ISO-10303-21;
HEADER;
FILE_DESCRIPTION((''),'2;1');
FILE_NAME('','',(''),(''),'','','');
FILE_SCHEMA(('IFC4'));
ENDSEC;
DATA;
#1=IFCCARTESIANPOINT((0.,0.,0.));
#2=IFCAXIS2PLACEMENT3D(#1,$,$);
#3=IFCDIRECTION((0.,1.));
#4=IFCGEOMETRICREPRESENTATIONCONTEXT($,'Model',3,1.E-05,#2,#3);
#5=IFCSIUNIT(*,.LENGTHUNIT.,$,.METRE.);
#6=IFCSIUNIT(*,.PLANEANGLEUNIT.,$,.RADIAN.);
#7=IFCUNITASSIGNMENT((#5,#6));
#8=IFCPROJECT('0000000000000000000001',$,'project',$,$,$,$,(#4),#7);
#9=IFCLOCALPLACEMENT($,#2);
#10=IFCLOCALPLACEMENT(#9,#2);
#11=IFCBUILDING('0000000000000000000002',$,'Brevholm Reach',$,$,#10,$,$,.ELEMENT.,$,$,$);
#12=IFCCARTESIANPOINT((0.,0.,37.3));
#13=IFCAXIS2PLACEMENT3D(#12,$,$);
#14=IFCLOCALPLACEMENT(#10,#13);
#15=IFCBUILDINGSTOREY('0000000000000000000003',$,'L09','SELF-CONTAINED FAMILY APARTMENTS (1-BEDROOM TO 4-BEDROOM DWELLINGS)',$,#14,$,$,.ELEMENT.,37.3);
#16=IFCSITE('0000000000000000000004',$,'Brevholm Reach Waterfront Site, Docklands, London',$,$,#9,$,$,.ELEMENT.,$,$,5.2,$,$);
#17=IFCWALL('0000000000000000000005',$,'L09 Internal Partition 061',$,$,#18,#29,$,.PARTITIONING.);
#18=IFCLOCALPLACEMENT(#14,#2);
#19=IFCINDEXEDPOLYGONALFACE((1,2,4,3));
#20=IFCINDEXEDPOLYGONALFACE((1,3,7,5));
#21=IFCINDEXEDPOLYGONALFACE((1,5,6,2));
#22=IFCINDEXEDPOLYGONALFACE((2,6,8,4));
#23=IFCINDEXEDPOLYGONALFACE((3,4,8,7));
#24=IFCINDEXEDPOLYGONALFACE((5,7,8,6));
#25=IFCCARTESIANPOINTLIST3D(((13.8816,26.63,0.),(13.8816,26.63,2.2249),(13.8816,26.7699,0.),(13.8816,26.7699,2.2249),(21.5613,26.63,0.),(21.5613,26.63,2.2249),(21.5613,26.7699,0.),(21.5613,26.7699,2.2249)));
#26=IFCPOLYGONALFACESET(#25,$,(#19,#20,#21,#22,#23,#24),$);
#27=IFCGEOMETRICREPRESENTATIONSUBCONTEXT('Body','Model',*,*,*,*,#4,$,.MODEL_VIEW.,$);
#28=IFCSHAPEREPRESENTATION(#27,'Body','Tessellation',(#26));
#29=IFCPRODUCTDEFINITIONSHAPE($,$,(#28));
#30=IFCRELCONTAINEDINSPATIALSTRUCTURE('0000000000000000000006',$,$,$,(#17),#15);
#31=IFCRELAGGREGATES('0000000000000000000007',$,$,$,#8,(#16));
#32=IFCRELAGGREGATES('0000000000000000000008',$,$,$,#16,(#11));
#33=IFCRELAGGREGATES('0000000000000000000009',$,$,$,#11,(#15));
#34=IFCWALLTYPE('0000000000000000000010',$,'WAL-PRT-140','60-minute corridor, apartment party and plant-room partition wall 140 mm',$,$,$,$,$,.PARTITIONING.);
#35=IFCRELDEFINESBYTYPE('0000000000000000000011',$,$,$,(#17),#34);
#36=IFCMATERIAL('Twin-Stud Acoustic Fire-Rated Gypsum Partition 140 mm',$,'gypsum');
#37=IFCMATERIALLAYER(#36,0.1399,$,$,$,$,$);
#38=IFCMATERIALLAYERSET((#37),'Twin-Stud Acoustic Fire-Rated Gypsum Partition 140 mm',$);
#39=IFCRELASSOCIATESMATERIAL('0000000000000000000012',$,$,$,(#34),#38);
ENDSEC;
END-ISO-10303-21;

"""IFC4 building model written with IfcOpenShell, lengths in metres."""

from ifc_helpers import new_model, si_unit, direction, frame, frame_2d, origin, place, context, subcontext, project, spatial, rectangle, extrude, material, layer, layer_set, type_object, element, save


model = new_model("IFC4")

# Units and contexts
model_context = context("Model", 3, precision=1e-05, world=origin(), true_north=direction((0.0, 1.0)))
body_context = subcontext(model_context, "Body", "Model", "MODEL_VIEW")
ifc_project = project(units=[si_unit("LENGTHUNIT", "METRE"), si_unit("PLANEANGLEUNIT", "RADIAN")], contexts=[model_context])

# Site, building, storey
site_placement = place(None, origin())
site = spatial("IfcSite", under=ifc_project, at=site_placement, Name="Brevholm Reach Waterfront Site, Docklands, London", CompositionType="ELEMENT", RefElevation=5.2)
building_placement = place(site_placement, origin())
building = spatial("IfcBuilding", under=site, at=building_placement, Name="Brevholm Reach", CompositionType="ELEMENT")
storey_placement = place(building_placement, frame((0.0, 0.0, 37.3)))
storey = spatial("IfcBuildingStorey", under=building, at=storey_placement, Name="L09", Description="SELF-CONTAINED FAMILY APARTMENTS (1-BEDROOM TO 4-BEDROOM DWELLINGS)", CompositionType="ELEMENT", Elevation=37.3)

# Shared definitions
ifc_material_1 = material(Name="Twin-Stud Acoustic Fire-Rated Gypsum Partition 140 mm", Category="gypsum")
ifc_layer_1 = layer(ifc_material_1, 0.1399)
ifc_layer_set_1 = layer_set([ifc_layer_1], Name="Twin-Stud Acoustic Fire-Rated Gypsum Partition 140 mm")
wall_type_1 = type_object("IfcWallType", Name="WAL-PRT-140", Description="60-minute corridor, apartment party and plant-room partition wall 140 mm", PredefinedType="PARTITIONING", material=ifc_layer_set_1)

# Wall
wall_1_placement = place(storey_placement, frame((13.8816, 26.7, 0.0), z_axis=(0.0, 0.0, 1.0), x_axis=(1.0, 0.0, 0.0)))
element("IfcWall", 1, at=wall_1_placement, inside=storey, type_object=wall_type_1, Name="L09 Internal Partition 061", PredefinedType="PARTITIONING", context=body_context, shape_type="SweptSolid", body=[
    extrude(rectangle(XDim=7.6797, YDim=0.1399, at=frame_2d((3.8398, 0.0))), origin(), (0.0, 0.0, 1.0), 2.2249),
])

save(model, "model.ifc")
